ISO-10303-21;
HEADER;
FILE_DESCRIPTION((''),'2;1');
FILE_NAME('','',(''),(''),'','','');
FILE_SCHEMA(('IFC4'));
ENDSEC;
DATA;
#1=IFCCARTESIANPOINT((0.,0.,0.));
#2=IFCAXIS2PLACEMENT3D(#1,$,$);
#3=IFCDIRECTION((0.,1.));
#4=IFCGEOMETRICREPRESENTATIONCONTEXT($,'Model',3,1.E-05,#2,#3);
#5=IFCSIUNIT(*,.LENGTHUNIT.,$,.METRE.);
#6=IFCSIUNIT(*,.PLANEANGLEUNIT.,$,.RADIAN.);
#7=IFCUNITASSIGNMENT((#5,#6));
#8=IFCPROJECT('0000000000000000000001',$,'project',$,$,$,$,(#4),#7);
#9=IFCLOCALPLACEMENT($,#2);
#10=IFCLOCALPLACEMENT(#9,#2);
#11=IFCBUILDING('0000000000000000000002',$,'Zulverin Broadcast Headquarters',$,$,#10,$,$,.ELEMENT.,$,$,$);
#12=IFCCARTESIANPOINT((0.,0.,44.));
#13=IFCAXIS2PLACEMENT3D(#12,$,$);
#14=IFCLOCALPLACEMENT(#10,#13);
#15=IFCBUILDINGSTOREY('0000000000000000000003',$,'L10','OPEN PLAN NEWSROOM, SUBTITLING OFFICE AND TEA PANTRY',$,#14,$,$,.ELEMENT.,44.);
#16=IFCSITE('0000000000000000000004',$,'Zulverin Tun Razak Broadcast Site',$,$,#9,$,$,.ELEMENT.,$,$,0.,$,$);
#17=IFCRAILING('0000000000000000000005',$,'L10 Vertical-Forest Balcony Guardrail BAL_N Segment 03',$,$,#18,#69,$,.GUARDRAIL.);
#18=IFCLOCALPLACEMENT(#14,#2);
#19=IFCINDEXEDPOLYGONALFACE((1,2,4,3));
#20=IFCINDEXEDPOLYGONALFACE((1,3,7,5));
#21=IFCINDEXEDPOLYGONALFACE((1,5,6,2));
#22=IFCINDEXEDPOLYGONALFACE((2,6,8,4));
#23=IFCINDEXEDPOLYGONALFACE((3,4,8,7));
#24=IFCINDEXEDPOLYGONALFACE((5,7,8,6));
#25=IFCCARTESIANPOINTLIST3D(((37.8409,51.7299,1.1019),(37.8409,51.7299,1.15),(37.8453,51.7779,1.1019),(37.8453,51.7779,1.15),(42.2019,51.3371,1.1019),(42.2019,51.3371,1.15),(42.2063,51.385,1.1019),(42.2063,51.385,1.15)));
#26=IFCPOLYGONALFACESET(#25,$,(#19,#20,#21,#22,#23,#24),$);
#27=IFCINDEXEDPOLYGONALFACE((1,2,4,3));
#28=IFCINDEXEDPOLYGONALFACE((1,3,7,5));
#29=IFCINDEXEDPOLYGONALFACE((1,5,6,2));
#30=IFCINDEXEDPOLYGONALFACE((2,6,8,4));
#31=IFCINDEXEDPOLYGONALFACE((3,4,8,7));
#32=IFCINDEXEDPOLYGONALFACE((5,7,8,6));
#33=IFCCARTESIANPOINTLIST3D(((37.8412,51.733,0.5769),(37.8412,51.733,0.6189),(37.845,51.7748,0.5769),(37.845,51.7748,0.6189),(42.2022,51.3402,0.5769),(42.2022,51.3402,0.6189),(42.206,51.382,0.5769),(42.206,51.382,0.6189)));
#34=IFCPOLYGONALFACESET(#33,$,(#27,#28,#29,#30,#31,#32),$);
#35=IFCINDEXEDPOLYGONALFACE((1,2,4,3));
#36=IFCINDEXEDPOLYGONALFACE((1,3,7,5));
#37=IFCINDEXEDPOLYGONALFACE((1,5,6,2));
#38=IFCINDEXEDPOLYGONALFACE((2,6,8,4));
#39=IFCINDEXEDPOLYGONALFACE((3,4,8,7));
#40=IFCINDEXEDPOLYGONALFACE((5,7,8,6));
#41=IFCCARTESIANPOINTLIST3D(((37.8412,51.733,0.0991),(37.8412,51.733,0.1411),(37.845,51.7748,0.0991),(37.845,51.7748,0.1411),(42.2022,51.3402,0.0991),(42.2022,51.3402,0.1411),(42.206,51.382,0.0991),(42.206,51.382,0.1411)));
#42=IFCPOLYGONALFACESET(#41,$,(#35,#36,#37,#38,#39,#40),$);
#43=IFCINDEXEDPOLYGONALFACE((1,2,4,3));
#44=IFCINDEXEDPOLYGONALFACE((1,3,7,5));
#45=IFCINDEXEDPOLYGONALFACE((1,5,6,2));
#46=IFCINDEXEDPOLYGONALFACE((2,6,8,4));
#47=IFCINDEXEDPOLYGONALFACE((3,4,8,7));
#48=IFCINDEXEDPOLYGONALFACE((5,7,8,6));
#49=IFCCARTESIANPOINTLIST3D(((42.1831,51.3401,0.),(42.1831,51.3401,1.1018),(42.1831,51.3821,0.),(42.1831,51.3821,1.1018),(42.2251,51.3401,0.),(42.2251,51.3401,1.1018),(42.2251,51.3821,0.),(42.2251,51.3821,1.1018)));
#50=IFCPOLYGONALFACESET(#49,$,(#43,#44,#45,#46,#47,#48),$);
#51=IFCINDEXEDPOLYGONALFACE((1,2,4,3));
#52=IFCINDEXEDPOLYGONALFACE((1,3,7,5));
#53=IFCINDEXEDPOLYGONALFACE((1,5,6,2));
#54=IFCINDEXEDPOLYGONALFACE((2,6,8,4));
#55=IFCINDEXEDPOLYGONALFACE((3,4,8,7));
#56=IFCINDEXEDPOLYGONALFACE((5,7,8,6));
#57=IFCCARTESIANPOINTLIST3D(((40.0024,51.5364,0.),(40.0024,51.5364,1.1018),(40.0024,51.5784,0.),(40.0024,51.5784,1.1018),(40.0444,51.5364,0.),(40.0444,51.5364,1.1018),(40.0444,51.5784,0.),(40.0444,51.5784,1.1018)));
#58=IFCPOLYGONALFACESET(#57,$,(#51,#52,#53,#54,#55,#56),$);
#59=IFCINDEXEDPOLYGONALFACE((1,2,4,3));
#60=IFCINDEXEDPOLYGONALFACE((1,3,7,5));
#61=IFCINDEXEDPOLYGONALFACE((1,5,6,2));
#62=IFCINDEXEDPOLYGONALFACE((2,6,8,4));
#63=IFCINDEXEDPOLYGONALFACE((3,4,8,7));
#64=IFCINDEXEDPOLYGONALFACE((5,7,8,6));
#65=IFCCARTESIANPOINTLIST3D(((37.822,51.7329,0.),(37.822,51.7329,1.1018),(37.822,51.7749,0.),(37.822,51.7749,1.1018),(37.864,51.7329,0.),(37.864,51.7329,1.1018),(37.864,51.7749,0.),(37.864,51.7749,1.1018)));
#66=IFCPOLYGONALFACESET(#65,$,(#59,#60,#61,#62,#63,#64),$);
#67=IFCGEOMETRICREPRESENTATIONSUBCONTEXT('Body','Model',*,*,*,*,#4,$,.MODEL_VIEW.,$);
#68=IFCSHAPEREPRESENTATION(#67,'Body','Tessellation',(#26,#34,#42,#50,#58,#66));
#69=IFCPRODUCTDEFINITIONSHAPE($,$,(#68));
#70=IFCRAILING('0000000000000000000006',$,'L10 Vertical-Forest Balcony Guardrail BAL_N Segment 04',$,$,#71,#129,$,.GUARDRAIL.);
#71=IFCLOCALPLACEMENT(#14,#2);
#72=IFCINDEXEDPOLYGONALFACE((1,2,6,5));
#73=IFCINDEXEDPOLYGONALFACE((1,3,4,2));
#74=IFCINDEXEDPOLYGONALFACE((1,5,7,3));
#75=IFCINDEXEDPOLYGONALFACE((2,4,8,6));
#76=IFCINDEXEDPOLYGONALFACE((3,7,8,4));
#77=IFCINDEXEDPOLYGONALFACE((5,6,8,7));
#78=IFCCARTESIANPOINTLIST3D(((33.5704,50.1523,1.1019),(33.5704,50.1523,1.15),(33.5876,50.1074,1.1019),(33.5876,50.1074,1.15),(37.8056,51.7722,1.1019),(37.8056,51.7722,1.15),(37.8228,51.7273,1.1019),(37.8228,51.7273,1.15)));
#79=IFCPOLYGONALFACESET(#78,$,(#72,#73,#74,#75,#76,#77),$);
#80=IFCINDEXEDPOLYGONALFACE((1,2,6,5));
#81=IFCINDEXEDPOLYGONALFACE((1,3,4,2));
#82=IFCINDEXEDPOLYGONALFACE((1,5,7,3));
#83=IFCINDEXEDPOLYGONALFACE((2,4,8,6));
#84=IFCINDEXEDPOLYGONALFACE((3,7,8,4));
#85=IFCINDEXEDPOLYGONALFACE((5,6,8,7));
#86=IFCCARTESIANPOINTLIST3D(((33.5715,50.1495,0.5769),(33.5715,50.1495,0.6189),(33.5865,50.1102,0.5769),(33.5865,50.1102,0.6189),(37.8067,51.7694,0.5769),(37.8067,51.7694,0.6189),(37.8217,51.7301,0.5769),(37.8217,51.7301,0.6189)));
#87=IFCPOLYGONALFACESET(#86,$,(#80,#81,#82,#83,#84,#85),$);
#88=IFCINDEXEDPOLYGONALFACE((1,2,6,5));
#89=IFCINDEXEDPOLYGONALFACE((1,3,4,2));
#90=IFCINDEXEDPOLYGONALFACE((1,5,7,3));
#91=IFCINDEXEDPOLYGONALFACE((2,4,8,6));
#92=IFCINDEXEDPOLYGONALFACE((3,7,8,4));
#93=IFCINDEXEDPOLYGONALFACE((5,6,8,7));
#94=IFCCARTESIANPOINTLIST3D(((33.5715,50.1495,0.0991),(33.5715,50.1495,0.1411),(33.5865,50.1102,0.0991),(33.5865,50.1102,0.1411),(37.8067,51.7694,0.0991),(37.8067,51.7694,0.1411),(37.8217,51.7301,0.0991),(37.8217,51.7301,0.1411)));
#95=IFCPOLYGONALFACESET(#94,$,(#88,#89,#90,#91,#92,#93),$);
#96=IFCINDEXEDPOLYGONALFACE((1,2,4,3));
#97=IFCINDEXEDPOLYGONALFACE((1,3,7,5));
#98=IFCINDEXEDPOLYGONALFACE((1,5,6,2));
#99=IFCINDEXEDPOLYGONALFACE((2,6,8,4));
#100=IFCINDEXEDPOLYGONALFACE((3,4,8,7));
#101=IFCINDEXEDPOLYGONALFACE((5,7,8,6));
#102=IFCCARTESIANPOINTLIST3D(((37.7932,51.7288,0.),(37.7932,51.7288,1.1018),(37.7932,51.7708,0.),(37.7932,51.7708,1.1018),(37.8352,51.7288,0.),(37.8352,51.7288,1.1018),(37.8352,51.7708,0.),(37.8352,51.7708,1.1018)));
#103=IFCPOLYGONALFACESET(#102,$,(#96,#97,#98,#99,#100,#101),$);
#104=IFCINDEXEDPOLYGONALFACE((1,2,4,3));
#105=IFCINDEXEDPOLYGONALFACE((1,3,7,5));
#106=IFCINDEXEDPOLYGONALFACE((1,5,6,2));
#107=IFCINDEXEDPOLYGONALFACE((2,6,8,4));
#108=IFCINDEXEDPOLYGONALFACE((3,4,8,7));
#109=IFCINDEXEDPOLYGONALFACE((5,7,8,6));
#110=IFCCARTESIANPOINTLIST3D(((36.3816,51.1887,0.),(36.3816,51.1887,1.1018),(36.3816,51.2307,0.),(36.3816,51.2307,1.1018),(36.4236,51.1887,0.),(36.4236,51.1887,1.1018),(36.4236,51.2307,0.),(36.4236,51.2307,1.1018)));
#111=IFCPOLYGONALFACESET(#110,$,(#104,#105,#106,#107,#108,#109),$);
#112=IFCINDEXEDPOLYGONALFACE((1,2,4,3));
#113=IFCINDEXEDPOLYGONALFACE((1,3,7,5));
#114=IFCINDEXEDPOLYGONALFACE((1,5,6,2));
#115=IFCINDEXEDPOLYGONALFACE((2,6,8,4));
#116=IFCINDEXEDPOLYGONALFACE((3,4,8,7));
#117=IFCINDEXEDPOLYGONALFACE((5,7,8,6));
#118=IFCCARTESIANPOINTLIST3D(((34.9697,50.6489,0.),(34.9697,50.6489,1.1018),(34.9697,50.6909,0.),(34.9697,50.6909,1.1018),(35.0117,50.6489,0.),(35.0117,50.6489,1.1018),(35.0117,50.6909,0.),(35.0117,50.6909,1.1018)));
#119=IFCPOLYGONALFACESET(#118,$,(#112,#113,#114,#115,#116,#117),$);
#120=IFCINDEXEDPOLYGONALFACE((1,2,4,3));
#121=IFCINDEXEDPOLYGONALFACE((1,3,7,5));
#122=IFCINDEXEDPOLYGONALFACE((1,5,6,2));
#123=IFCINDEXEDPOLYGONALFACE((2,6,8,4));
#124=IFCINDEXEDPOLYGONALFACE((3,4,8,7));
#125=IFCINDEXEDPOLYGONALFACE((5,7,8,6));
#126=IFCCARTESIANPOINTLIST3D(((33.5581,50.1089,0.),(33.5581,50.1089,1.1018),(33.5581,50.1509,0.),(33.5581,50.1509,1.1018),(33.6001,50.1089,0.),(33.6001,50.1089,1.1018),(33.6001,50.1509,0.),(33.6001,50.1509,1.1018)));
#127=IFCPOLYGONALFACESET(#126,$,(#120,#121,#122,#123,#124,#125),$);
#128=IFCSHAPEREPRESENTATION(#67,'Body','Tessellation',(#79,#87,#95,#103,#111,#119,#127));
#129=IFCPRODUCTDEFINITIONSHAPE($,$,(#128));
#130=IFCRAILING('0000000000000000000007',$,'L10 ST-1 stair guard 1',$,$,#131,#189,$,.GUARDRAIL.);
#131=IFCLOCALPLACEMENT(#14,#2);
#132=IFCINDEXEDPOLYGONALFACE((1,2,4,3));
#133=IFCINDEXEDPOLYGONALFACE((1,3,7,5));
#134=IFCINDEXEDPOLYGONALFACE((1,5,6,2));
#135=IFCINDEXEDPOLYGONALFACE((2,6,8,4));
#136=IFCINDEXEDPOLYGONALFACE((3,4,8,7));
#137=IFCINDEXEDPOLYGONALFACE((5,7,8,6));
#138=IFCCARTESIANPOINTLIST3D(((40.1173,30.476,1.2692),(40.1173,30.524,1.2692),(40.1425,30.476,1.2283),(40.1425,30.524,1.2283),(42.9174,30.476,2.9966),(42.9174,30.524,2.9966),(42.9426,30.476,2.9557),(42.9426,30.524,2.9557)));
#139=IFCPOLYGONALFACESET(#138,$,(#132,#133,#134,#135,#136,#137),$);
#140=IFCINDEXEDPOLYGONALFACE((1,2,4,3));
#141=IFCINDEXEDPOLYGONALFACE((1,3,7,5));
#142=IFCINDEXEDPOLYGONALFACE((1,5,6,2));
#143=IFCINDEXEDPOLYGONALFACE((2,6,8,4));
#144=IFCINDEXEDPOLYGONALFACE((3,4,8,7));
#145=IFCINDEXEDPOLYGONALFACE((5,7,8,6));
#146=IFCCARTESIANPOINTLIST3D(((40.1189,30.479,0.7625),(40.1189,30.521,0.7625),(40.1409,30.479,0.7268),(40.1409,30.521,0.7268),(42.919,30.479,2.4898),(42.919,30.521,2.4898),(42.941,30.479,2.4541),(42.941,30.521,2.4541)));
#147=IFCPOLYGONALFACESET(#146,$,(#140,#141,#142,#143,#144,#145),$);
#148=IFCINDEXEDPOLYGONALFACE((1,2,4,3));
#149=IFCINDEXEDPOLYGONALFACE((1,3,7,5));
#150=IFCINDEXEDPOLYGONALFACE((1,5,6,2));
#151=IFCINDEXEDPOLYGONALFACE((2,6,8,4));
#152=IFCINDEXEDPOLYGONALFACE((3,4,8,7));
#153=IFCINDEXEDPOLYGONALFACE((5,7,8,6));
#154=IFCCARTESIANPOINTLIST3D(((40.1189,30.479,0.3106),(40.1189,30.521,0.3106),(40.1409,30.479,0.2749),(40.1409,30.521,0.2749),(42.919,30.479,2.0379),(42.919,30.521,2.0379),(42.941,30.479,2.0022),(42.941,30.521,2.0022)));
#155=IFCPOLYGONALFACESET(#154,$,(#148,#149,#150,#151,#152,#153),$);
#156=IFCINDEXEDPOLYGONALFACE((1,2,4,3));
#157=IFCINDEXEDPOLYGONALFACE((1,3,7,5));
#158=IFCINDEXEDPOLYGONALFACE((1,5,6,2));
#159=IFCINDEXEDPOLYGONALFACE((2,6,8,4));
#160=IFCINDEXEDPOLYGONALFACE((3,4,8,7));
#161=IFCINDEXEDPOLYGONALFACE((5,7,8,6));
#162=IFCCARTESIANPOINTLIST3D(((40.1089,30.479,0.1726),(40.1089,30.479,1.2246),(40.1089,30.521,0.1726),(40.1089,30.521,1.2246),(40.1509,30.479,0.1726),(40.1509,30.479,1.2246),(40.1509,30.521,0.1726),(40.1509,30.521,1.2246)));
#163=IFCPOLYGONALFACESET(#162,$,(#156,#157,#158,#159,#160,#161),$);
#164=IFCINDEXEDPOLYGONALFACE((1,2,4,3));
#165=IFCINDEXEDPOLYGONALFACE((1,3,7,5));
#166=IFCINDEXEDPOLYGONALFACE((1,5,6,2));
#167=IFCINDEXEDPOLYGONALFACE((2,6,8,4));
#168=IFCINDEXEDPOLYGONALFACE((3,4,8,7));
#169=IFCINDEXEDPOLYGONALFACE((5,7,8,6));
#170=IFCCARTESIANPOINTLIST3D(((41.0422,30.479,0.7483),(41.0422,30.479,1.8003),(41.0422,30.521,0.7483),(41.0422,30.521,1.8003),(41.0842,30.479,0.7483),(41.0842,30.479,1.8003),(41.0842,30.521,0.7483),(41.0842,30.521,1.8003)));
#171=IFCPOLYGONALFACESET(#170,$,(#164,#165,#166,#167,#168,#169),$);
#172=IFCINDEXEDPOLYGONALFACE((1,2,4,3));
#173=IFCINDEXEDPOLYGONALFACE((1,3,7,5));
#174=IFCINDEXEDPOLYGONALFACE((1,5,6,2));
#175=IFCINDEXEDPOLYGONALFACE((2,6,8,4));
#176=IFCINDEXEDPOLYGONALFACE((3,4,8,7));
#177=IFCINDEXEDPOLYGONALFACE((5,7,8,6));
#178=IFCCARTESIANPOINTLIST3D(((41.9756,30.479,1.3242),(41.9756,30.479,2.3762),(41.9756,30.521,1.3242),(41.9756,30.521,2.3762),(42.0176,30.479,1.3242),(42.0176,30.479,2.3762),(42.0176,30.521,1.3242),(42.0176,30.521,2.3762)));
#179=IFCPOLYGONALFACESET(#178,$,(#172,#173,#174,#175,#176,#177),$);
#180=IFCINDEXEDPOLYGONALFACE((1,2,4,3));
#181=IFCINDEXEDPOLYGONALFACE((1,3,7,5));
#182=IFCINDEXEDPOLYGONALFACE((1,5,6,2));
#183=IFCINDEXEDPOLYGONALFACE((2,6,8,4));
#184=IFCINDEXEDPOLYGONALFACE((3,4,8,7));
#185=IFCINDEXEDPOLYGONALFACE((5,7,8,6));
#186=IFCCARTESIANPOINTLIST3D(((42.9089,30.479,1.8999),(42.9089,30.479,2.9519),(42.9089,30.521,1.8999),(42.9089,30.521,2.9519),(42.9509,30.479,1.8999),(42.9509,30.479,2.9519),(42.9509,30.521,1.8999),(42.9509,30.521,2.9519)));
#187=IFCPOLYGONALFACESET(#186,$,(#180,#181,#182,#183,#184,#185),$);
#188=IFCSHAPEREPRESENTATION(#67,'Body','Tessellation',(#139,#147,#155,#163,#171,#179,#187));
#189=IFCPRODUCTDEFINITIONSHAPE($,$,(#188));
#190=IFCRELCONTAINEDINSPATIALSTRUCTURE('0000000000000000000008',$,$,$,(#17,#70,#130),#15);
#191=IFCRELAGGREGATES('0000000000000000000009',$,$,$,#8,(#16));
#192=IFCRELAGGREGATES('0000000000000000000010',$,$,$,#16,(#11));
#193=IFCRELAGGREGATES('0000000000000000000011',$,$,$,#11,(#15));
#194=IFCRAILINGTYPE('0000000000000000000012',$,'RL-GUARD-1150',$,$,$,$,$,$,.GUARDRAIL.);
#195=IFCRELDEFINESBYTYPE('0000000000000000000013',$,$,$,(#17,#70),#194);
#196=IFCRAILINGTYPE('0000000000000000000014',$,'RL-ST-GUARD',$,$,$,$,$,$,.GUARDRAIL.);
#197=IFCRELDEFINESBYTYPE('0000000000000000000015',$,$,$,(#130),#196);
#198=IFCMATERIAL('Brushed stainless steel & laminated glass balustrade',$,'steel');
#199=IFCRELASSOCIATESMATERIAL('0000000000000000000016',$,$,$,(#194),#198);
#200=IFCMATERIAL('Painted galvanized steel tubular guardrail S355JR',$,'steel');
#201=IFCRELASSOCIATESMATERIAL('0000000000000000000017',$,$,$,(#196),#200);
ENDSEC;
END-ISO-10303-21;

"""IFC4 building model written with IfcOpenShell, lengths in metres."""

from ifc_helpers import new_model, si_unit, direction, frame, origin, origin_2d, place, context, subcontext, project, spatial, rectangle, extrude, material, type_object, element, save


model = new_model("IFC4")

# Units and contexts
model_context = context("Model", 3, precision=1e-05, world=origin(), true_north=direction((0.0, 1.0)))
body_context = subcontext(model_context, "Body", "Model", "MODEL_VIEW")
ifc_project = project(units=[si_unit("LENGTHUNIT", "METRE"), si_unit("PLANEANGLEUNIT", "RADIAN")], contexts=[model_context])

# Site, building, storey
site_placement = place(None, origin())
site = spatial("IfcSite", under=ifc_project, at=site_placement, Name="Zulverin Tun Razak Broadcast Site", CompositionType="ELEMENT", RefElevation=0.0)
building_placement = place(site_placement, origin())
building = spatial("IfcBuilding", under=site, at=building_placement, Name="Zulverin Broadcast Headquarters", CompositionType="ELEMENT")
storey_placement = place(building_placement, frame((0.0, 0.0, 44.0)))
storey = spatial("IfcBuildingStorey", under=building, at=storey_placement, Name="L10", Description="OPEN PLAN NEWSROOM, SUBTITLING OFFICE AND TEA PANTRY", CompositionType="ELEMENT", Elevation=44.0)

# Railings
ifc_material_1 = material(Name="Brushed stainless steel & laminated glass balustrade", Category="steel")
railing_type_1 = type_object("IfcRailingType", Name="RL-GUARD-1150", PredefinedType="GUARDRAIL", material=ifc_material_1)
railing_1_placement = place(storey_placement, frame((42.2041, 51.3611, 0.0)))
element("IfcRailing", 1, at=railing_1_placement, inside=storey, type_object=railing_type_1, Name="L10 Vertical-Forest Balcony Guardrail BAL_N Segment 03", PredefinedType="GUARDRAIL", context=body_context, shape_type="SweptSolid", body=[
    extrude(rectangle(XDim=0.0481, YDim=0.0481, at=origin_2d()), frame((0.0, 0.0, 1.126), z_axis=(-0.995968, 0.089711, 0.0), x_axis=(-0.089711, -0.995968, 0.0)), (0.0, 0.0, 1.0), 4.3787),
    extrude(rectangle(XDim=0.042, YDim=0.042, at=origin_2d()), frame((0.0, 0.0, 0.5979), z_axis=(-0.995968, 0.089711, 0.0), x_axis=(-0.089711, -0.995968, 0.0)), (0.0, 0.0, 1.0), 4.3787),
    extrude(rectangle(XDim=0.042, YDim=0.042, at=origin_2d()), frame((0.0, 0.0, 0.1201), z_axis=(-0.995968, 0.089711, 0.0), x_axis=(-0.089711, -0.995968, 0.0)), (0.0, 0.0, 1.0), 4.3787),
    extrude(rectangle(XDim=0.042, YDim=0.042, at=origin_2d()), origin(), (0.0, 0.0, 1.0), 1.1018),
    extrude(rectangle(XDim=0.042, YDim=0.042, at=origin_2d()), frame((-2.1807, 0.1963, 0.0)), (0.0, 0.0, 1.0), 1.1018),
    extrude(rectangle(XDim=0.042, YDim=0.042, at=origin_2d()), frame((-4.3611, 0.3928, 0.0)), (0.0, 0.0, 1.0), 1.1018),
])
railing_2_placement = place(storey_placement, frame((37.8142, 51.7498, 0.0)))
element("IfcRailing", 2, at=railing_2_placement, inside=storey, type_object=railing_type_1, Name="L10 Vertical-Forest Balcony Guardrail BAL_N Segment 04", PredefinedType="GUARDRAIL", context=body_context, shape_type="SweptSolid", body=[
    extrude(rectangle(XDim=0.0481, YDim=0.0481, at=origin_2d()), frame((0.0, 0.0, 1.126), z_axis=(-0.93401, -0.357247, 0.0), x_axis=(0.357247, -0.93401, 0.0)), (0.0, 0.0, 1.0), 4.5344),
    extrude(rectangle(XDim=0.042, YDim=0.042, at=origin_2d()), frame((0.0, 0.0, 0.5979), z_axis=(-0.93401, -0.357247, 0.0), x_axis=(0.357247, -0.93401, 0.0)), (0.0, 0.0, 1.0), 4.5344),
    extrude(rectangle(XDim=0.042, YDim=0.042, at=origin_2d()), frame((0.0, 0.0, 0.1201), z_axis=(-0.93401, -0.357247, 0.0), x_axis=(0.357247, -0.93401, 0.0)), (0.0, 0.0, 1.0), 4.5344),
    extrude(rectangle(XDim=0.042, YDim=0.042, at=origin_2d()), origin(), (0.0, 0.0, 1.0), 1.1018),
    extrude(rectangle(XDim=0.042, YDim=0.042, at=origin_2d()), frame((-1.4116, -0.54, 0.0)), (0.0, 0.0, 1.0), 1.1018),
    extrude(rectangle(XDim=0.042, YDim=0.042, at=origin_2d()), frame((-2.8235, -1.0798, 0.0)), (0.0, 0.0, 1.0), 1.1018),
    extrude(rectangle(XDim=0.042, YDim=0.042, at=origin_2d()), frame((-4.2351, -1.6199, 0.0)), (0.0, 0.0, 1.0), 1.1018),
])
ifc_material_2 = material(Name="Painted galvanized steel tubular guardrail S355JR", Category="steel")
railing_type_2 = type_object("IfcRailingType", Name="RL-ST-GUARD", PredefinedType="GUARDRAIL", material=ifc_material_2)
railing_3_placement = place(storey_placement, frame((40.1299, 30.5, 0.1726)))
element("IfcRailing", 3, at=railing_3_placement, inside=storey, type_object=railing_type_2, Name="L10 ST-1 stair guard 1", PredefinedType="GUARDRAIL", context=body_context, shape_type="SweptSolid", body=[
    extrude(rectangle(XDim=0.0481, YDim=0.0481, at=origin_2d()), frame((0.0, 0.0, 1.0762), z_axis=(0.85109, 0.0, 0.52502), x_axis=(0.0, 1.0, 0.0)), (0.0, 0.0, 1.0), 3.29),
    extrude(rectangle(XDim=0.042, YDim=0.042, at=origin_2d()), frame((0.0, 0.0, 0.572), z_axis=(0.85109, 0.0, 0.52502), x_axis=(0.0, 1.0, 0.0)), (0.0, 0.0, 1.0), 3.29),
    extrude(rectangle(XDim=0.042, YDim=0.042, at=origin_2d()), frame((0.0, 0.0, 0.1201), z_axis=(0.85109, 0.0, 0.52502), x_axis=(0.0, 1.0, 0.0)), (0.0, 0.0, 1.0), 3.29),
    extrude(rectangle(XDim=0.042, YDim=0.042, at=origin_2d()), origin(), (0.0, 0.0, 1.0), 1.052),
    extrude(rectangle(XDim=0.042, YDim=0.042, at=origin_2d()), frame((0.9333, 0.0, 0.5757)), (0.0, 0.0, 1.0), 1.052),
    extrude(rectangle(XDim=0.042, YDim=0.042, at=origin_2d()), frame((1.8667, 0.0, 1.1516)), (0.0, 0.0, 1.0), 1.052),
    extrude(rectangle(XDim=0.042, YDim=0.042, at=origin_2d()), frame((2.8, 0.0, 1.7273)), (0.0, 0.0, 1.0), 1.052),
])

save(model, "model.ifc")
